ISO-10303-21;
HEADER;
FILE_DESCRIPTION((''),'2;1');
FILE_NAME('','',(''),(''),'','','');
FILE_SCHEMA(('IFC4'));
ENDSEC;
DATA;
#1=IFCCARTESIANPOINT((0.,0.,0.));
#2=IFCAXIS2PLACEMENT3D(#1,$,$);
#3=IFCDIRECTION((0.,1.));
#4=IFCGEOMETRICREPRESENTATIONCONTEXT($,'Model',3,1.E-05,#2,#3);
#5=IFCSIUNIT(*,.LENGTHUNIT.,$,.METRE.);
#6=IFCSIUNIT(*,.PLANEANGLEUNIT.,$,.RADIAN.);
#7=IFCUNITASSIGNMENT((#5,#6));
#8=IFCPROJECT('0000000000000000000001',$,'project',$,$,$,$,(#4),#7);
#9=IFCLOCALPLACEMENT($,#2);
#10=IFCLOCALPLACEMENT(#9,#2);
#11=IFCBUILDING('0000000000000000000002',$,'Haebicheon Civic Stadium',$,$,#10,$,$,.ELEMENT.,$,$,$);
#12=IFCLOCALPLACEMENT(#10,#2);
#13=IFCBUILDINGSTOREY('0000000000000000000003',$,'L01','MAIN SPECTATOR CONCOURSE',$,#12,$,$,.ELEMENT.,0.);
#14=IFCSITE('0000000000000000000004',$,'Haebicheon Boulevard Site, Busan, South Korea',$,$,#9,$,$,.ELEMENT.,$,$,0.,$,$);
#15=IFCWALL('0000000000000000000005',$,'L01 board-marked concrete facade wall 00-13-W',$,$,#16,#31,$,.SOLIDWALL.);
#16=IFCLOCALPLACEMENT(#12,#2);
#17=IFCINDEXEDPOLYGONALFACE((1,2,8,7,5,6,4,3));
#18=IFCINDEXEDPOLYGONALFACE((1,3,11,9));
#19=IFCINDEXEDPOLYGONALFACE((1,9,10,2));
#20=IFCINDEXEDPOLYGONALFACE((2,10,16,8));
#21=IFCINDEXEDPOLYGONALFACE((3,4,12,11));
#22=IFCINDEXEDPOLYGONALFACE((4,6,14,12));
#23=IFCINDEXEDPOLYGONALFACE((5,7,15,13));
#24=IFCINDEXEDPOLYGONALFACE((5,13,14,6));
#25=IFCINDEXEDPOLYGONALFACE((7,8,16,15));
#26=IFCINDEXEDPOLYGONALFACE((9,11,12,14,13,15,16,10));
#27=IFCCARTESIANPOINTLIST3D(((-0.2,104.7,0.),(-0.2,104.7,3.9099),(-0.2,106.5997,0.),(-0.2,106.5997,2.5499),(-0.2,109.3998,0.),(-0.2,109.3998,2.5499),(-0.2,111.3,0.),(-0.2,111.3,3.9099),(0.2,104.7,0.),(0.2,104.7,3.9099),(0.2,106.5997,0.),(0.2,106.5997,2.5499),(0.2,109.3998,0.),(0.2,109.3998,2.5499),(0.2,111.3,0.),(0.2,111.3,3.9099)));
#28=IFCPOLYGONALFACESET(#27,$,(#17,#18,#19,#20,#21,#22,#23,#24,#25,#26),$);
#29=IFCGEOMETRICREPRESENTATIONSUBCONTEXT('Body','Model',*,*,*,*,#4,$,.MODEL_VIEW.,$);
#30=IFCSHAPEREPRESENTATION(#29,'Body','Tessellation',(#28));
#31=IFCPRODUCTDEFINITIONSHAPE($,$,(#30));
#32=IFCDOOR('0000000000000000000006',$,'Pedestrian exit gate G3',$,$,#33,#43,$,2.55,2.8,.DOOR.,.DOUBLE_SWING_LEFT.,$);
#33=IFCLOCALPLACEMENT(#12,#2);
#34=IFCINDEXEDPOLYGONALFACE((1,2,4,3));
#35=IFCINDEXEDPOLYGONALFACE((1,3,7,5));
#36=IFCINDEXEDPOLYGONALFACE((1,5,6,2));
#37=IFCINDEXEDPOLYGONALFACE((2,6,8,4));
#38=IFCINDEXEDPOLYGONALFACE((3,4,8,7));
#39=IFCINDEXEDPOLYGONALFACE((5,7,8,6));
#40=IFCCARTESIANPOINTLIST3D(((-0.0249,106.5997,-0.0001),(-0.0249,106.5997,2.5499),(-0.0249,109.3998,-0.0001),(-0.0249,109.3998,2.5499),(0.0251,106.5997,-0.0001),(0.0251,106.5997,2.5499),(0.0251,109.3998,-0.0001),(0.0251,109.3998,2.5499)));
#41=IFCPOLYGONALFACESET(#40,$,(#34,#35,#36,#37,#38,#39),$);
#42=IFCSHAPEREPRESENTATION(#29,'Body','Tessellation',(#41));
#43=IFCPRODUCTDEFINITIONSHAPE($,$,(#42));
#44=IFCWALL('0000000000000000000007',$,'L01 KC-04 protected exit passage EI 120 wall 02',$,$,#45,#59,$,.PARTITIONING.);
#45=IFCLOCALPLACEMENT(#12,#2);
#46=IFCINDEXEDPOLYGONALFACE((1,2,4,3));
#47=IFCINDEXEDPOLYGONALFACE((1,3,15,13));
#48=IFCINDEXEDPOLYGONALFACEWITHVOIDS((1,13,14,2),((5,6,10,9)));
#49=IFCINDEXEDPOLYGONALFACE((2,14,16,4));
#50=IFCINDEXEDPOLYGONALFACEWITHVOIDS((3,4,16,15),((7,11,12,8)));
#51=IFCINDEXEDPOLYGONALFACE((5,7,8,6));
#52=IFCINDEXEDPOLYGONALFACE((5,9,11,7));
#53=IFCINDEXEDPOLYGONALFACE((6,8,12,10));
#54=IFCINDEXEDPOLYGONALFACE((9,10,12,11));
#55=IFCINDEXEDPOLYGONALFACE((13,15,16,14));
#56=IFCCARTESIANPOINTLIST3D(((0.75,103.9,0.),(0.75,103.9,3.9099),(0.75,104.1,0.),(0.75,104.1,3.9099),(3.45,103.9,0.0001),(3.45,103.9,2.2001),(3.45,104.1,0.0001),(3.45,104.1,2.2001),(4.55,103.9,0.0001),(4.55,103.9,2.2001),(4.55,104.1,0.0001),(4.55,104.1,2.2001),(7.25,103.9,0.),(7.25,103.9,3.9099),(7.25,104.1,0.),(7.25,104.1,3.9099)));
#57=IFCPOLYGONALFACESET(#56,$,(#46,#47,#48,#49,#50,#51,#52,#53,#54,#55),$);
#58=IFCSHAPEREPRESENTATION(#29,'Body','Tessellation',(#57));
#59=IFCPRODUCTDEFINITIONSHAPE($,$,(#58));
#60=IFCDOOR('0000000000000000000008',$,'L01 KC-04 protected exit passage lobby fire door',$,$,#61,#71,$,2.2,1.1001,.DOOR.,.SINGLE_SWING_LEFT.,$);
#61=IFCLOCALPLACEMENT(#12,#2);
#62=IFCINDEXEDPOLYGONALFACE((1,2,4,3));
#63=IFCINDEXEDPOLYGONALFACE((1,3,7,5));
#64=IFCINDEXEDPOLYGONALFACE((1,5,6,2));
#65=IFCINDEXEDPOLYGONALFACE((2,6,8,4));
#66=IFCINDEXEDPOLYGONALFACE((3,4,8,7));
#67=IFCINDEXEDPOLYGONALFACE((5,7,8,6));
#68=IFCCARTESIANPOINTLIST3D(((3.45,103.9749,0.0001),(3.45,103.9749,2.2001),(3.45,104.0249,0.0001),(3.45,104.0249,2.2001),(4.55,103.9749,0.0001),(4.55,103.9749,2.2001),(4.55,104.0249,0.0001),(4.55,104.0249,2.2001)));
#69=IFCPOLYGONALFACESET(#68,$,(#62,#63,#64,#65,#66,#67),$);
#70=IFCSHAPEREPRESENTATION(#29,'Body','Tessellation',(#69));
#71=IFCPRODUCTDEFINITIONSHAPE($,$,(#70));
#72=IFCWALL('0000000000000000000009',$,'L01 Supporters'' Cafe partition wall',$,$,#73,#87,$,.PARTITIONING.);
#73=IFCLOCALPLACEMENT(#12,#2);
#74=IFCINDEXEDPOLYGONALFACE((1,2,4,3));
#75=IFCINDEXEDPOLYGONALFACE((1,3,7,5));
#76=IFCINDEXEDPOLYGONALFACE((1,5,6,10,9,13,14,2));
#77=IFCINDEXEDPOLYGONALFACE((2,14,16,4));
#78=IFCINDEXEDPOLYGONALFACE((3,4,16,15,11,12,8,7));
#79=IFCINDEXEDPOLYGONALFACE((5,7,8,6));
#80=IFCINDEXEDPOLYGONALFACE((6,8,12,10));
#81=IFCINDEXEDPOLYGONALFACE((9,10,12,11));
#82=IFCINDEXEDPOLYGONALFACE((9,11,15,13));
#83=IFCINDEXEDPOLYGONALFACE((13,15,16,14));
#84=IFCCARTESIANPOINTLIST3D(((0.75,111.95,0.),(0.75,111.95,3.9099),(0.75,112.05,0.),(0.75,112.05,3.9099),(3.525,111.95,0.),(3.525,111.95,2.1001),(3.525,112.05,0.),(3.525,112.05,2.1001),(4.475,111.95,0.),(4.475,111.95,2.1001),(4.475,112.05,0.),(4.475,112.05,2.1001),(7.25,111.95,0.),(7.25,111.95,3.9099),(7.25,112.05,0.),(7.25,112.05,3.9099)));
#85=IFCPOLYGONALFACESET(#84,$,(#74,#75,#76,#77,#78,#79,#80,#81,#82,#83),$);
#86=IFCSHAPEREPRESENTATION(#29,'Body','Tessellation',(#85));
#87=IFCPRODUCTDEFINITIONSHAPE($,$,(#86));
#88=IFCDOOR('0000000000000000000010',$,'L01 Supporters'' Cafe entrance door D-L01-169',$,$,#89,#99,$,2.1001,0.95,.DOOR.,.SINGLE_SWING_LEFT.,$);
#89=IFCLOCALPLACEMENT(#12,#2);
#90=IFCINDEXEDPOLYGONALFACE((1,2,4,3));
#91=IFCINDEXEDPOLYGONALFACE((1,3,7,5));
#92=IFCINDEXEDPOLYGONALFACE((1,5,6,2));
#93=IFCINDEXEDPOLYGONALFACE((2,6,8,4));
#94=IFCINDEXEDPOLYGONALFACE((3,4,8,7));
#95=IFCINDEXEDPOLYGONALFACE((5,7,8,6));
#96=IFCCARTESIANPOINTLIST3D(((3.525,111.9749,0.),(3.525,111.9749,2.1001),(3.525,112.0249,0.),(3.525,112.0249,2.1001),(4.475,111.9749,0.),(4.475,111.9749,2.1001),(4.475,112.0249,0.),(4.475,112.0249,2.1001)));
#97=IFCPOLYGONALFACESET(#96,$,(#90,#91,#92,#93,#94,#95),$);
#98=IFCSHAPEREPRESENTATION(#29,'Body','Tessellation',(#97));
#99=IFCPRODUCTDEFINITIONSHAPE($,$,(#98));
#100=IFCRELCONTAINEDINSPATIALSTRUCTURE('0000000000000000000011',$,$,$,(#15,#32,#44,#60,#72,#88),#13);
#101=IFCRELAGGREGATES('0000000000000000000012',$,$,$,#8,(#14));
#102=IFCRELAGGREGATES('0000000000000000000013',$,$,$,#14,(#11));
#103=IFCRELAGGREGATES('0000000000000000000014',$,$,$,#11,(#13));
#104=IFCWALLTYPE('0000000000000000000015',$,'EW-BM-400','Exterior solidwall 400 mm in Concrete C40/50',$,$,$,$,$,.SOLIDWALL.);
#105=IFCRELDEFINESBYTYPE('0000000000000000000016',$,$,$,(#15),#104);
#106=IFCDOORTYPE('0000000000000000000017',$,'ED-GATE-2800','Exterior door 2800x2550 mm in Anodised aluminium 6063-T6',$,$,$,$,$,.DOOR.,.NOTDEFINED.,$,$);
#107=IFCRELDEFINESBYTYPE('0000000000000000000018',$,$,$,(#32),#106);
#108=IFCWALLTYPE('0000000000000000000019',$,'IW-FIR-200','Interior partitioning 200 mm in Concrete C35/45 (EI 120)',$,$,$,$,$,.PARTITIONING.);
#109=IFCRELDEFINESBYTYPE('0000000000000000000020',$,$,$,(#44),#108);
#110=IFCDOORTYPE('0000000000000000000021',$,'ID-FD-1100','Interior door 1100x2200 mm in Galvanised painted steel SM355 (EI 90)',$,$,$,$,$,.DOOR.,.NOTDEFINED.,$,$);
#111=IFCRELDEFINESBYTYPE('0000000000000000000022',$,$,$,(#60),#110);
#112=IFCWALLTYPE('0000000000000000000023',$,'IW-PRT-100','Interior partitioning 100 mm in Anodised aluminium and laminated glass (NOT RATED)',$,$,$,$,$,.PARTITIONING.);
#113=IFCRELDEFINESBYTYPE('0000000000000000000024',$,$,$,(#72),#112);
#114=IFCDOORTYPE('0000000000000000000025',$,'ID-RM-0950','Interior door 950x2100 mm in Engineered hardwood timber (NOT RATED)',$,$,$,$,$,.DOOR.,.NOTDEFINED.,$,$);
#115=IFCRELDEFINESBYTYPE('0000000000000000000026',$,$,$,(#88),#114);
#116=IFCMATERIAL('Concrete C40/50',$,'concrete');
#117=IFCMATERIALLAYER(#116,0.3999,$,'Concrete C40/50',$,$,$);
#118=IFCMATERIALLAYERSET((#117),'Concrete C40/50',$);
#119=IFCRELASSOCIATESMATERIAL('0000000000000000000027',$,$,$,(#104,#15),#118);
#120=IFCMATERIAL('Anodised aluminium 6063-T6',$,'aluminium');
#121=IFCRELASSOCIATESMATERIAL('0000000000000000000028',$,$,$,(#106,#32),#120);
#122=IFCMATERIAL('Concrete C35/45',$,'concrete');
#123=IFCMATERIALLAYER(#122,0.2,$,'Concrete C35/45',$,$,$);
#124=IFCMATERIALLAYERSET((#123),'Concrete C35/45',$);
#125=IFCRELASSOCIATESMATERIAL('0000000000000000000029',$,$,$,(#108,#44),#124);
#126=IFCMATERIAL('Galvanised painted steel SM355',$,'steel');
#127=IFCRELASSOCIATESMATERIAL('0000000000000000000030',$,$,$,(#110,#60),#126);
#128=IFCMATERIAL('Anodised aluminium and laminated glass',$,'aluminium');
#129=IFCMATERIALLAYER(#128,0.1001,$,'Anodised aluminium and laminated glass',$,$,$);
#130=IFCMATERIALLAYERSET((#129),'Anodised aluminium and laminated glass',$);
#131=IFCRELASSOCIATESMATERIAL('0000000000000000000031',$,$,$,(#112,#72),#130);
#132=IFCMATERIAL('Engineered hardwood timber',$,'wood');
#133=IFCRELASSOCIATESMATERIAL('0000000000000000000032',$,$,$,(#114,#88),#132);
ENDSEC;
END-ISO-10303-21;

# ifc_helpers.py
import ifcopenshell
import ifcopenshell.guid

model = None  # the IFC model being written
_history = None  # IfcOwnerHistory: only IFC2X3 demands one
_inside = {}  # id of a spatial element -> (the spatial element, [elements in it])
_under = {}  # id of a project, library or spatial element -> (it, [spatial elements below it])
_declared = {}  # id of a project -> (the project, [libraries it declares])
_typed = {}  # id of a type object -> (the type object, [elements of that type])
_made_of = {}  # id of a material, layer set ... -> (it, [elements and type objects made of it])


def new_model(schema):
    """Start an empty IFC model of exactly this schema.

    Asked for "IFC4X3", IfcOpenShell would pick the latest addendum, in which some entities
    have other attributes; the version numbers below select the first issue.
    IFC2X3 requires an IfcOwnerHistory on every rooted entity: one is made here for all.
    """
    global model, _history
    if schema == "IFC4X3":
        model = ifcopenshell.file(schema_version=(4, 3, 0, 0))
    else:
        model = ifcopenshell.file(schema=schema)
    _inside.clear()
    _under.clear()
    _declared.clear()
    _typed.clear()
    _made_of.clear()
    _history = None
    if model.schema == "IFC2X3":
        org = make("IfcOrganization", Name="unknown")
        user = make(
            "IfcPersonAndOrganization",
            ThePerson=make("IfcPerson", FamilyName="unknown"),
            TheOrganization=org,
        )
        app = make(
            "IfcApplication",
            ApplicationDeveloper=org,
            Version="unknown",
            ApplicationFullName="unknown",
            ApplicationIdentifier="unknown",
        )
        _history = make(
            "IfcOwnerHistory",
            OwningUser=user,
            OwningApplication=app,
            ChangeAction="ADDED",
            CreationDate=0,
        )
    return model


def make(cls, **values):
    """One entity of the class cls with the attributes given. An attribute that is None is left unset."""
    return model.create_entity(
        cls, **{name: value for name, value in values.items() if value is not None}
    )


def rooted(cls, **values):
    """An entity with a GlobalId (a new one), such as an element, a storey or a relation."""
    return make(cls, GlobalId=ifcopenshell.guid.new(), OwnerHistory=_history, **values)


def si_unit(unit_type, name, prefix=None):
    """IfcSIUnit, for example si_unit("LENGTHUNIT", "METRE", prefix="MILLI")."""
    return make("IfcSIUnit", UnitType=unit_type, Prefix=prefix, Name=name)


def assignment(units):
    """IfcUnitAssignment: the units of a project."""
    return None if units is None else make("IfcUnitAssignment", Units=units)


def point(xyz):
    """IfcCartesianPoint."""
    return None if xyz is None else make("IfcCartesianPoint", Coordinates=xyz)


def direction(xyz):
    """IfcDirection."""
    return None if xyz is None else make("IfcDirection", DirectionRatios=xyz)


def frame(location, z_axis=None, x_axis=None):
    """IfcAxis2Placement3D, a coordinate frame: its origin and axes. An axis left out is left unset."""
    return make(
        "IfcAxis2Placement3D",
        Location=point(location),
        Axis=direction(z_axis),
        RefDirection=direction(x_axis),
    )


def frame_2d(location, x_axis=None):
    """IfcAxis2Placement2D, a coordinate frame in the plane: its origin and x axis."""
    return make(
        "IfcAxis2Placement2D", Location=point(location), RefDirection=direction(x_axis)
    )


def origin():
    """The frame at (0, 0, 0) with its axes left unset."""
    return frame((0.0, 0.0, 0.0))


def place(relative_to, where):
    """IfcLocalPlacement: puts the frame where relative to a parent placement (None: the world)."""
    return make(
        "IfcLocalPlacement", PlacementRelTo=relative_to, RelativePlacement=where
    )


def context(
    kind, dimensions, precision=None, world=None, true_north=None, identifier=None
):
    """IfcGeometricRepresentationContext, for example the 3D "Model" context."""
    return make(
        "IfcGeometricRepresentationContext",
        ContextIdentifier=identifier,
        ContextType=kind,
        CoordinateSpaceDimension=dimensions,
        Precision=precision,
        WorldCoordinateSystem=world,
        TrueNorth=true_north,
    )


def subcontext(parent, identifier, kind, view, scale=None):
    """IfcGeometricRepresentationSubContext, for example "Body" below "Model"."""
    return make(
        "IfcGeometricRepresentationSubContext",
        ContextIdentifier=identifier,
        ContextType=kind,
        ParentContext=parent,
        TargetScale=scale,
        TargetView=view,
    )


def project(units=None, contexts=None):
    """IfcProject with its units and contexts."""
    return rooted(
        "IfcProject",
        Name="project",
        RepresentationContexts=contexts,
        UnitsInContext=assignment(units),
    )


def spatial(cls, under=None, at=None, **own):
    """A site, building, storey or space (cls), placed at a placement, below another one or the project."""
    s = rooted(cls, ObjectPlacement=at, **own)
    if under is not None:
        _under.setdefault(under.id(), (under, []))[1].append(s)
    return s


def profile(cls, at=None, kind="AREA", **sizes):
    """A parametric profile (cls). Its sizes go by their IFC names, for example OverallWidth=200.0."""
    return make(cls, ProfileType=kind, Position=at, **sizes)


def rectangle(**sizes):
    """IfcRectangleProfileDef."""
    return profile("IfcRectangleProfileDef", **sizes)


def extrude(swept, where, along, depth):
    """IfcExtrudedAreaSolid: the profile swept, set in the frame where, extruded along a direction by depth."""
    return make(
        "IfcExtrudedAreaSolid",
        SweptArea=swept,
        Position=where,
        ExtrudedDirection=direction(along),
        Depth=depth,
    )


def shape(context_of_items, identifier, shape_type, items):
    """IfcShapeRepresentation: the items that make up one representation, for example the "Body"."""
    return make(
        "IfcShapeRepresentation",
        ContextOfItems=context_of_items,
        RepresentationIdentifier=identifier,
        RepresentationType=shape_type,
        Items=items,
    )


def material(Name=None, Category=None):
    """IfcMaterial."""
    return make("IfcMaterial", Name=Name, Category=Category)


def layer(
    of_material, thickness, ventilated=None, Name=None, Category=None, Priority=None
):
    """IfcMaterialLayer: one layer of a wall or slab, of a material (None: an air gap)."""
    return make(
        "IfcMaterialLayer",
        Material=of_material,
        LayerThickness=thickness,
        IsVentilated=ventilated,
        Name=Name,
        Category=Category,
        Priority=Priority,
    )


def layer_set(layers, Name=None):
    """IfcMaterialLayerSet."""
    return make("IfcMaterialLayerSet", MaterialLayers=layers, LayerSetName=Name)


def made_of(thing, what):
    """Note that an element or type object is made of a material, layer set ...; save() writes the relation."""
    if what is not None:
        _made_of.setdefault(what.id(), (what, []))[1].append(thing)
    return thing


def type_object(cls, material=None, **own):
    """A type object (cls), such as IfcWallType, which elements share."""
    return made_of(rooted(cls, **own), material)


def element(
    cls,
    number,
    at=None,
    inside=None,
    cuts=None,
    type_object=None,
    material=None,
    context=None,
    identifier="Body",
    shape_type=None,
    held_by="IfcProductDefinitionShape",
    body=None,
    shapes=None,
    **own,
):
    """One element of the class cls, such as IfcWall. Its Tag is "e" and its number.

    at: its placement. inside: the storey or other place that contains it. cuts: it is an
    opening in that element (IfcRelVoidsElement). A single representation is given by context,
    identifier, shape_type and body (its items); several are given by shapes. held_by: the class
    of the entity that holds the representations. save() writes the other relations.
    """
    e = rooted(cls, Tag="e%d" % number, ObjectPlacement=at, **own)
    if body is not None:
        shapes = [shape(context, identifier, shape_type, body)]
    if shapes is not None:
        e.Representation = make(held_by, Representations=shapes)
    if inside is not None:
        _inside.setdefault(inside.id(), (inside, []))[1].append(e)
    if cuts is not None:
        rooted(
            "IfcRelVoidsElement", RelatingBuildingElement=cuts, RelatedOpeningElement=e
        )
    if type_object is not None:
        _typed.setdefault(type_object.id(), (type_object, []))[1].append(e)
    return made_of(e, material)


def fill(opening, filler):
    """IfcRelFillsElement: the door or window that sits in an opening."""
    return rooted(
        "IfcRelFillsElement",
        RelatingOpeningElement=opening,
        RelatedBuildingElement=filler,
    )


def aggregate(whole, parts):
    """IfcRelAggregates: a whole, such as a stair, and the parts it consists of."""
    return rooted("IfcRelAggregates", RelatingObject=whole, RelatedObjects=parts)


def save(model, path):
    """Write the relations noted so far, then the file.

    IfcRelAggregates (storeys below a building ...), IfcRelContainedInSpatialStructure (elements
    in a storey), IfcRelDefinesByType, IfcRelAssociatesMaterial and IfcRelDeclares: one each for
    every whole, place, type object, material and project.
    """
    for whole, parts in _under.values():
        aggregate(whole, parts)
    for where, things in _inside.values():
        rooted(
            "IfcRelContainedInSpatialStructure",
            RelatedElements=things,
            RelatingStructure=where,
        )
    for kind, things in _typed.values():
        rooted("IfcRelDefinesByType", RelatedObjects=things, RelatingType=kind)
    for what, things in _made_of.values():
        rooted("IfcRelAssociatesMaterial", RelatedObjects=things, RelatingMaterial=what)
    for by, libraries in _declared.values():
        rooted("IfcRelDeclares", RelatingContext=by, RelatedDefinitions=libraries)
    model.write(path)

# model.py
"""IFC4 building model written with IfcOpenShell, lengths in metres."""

from ifc_helpers import new_model, si_unit, direction, frame, frame_2d, origin, place, context, subcontext, project, spatial, rectangle, extrude, material, layer, layer_set, type_object, element, fill, save


model = new_model("IFC4")

# Units and contexts
model_context = context("Model", 3, precision=1e-05, world=origin(), true_north=direction((0.0, 1.0)))
body_context = subcontext(model_context, "Body", "Model", "MODEL_VIEW")
ifc_project = project(units=[si_unit("LENGTHUNIT", "METRE"), si_unit("PLANEANGLEUNIT", "RADIAN")], contexts=[model_context])

# Site, building, storey
site_placement = place(None, origin())
site = spatial("IfcSite", under=ifc_project, at=site_placement, Name="Haebicheon Boulevard Site, Busan, South Korea", CompositionType="ELEMENT", RefElevation=0.0)
building_placement = place(site_placement, origin())
building = spatial("IfcBuilding", under=site, at=building_placement, Name="Haebicheon Civic Stadium", CompositionType="ELEMENT")
storey_placement = place(building_placement, origin())
storey = spatial("IfcBuildingStorey", under=building, at=storey_placement, Name="L01", Description="MAIN SPECTATOR CONCOURSE", CompositionType="ELEMENT", Elevation=0.0)

# Walls, openings, doors
ifc_material_1 = material(Name="Concrete C40/50", Category="concrete")
ifc_layer_1 = layer(ifc_material_1, 0.3999, Name="Concrete C40/50")
ifc_layer_set_1 = layer_set([ifc_layer_1], Name="Concrete C40/50")
wall_type_1 = type_object("IfcWallType", Name="EW-BM-400", Description="Exterior solidwall 400 mm in Concrete C40/50", PredefinedType="SOLIDWALL", material=ifc_layer_set_1)
wall_1_placement = place(storey_placement, frame((0.0, 104.7, 0.0), z_axis=(0.0, 0.0, 1.0), x_axis=(0.0, 1.0, 0.0)))
wall_1 = element("IfcWall", 1, at=wall_1_placement, inside=storey, type_object=wall_type_1, material=ifc_layer_set_1, Name="L01 board-marked concrete facade wall 00-13-W", PredefinedType="SOLIDWALL", context=body_context, shape_type="SweptSolid", body=[
    extrude(rectangle(XDim=6.6001, YDim=0.3999, at=frame_2d((3.3, 0.0))), origin(), (0.0, 0.0, 1.0), 3.9099),
])
opening_1_placement = place(wall_1_placement, frame((1.8999, 0.0, 0.0)))
opening_1 = element("IfcOpeningElement", 2, at=opening_1_placement, cuts=wall_1, PredefinedType="OPENING", context=body_context, shape_type="SweptSolid", body=[
    extrude(rectangle(XDim=2.8, YDim=2.55, at=frame_2d((1.3999, 1.2749))), frame((0.0, 0.21, 0.0), z_axis=(0.0, -1.0, 0.0), x_axis=(1.0, 0.0, 0.0)), (0.0, 0.0, 1.0), 0.4199),
])
ifc_material_2 = material(Name="Anodised aluminium 6063-T6", Category="aluminium")
door_type_1 = type_object("IfcDoorType", Name="ED-GATE-2800", Description="Exterior door 2800x2550 mm in Anodised aluminium 6063-T6", OperationType="NOTDEFINED", PredefinedType="DOOR", material=ifc_material_2)
door_1_placement = place(opening_1_placement, origin())
door_1 = element("IfcDoor", 3, at=door_1_placement, inside=storey, type_object=door_type_1, material=ifc_material_2, Name="Pedestrian exit gate G3", OperationType="DOUBLE_SWING_LEFT", OverallHeight=2.55, OverallWidth=2.8, PredefinedType="DOOR", context=body_context, shape_type="SweptSolid", body=[
    extrude(rectangle(XDim=2.8, YDim=2.55, at=frame_2d((1.3999, 1.2749))), frame((0.0, 0.0249, 0.0), z_axis=(0.0, -1.0, 0.0), x_axis=(1.0, 0.0, 0.0)), (0.0, 0.0, 1.0), 0.05),
])
fill(opening_1, door_1)
ifc_material_3 = material(Name="Concrete C35/45", Category="concrete")
ifc_layer_2 = layer(ifc_material_3, 0.2, Name="Concrete C35/45")
ifc_layer_set_2 = layer_set([ifc_layer_2], Name="Concrete C35/45")
wall_type_2 = type_object("IfcWallType", Name="IW-FIR-200", Description="Interior partitioning 200 mm in Concrete C35/45 (EI 120)", PredefinedType="PARTITIONING", material=ifc_layer_set_2)
wall_2_placement = place(storey_placement, frame((0.75, 104.0, 0.0), z_axis=(0.0, 0.0, 1.0), x_axis=(1.0, 0.0, 0.0)))
wall_2 = element("IfcWall", 4, at=wall_2_placement, inside=storey, type_object=wall_type_2, material=ifc_layer_set_2, Name="L01 KC-04 protected exit passage EI 120 wall 02", PredefinedType="PARTITIONING", context=body_context, shape_type="SweptSolid", body=[
    extrude(rectangle(XDim=6.5, YDim=0.2, at=frame_2d((3.25, 0.0))), origin(), (0.0, 0.0, 1.0), 3.9099),
])
opening_2_placement = place(wall_2_placement, frame((2.7, 0.0, 0.0)))
opening_2 = element("IfcOpeningElement", 5, at=opening_2_placement, cuts=wall_2, PredefinedType="OPENING", context=body_context, shape_type="SweptSolid", body=[
    extrude(rectangle(XDim=1.1001, YDim=2.2, at=frame_2d((0.55, 1.1001))), frame((0.0, 0.1099, 0.0), z_axis=(0.0, -1.0, 0.0), x_axis=(1.0, 0.0, 0.0)), (0.0, 0.0, 1.0), 0.22),
])
ifc_material_4 = material(Name="Galvanised painted steel SM355", Category="steel")
door_type_2 = type_object("IfcDoorType", Name="ID-FD-1100", Description="Interior door 1100x2200 mm in Galvanised painted steel SM355 (EI 90)", OperationType="NOTDEFINED", PredefinedType="DOOR", material=ifc_material_4)
door_2_placement = place(opening_2_placement, origin())
door_2 = element("IfcDoor", 6, at=door_2_placement, inside=storey, type_object=door_type_2, material=ifc_material_4, Name="L01 KC-04 protected exit passage lobby fire door", OperationType="SINGLE_SWING_LEFT", OverallHeight=2.2, OverallWidth=1.1001, PredefinedType="DOOR", context=body_context, shape_type="SweptSolid", body=[
    extrude(rectangle(XDim=1.1001, YDim=2.2, at=frame_2d((0.55, 1.1001))), frame((0.0, 0.0249, 0.0), z_axis=(0.0, -1.0, 0.0), x_axis=(1.0, 0.0, 0.0)), (0.0, 0.0, 1.0), 0.05),
])
fill(opening_2, door_2)
ifc_material_5 = material(Name="Anodised aluminium and laminated glass", Category="aluminium")
ifc_layer_3 = layer(ifc_material_5, 0.1001, Name="Anodised aluminium and laminated glass")
ifc_layer_set_3 = layer_set([ifc_layer_3], Name="Anodised aluminium and laminated glass")
wall_type_3 = type_object("IfcWallType", Name="IW-PRT-100", Description="Interior partitioning 100 mm in Anodised aluminium and laminated glass (NOT RATED)", PredefinedType="PARTITIONING", material=ifc_layer_set_3)
wall_3_placement = place(storey_placement, frame((0.75, 112.0, 0.0), z_axis=(0.0, 0.0, 1.0), x_axis=(1.0, 0.0, 0.0)))
wall_3 = element("IfcWall", 7, at=wall_3_placement, inside=storey, type_object=wall_type_3, material=ifc_layer_set_3, Name="L01 Supporters' Cafe partition wall", PredefinedType="PARTITIONING", context=body_context, shape_type="SweptSolid", body=[
    extrude(rectangle(XDim=6.5, YDim=0.1001, at=frame_2d((3.25, 0.0))), origin(), (0.0, 0.0, 1.0), 3.9099),
])
opening_3_placement = place(wall_3_placement, frame((2.7749, 0.0, 0.0)))
opening_3 = element("IfcOpeningElement", 8, at=opening_3_placement, cuts=wall_3, PredefinedType="OPENING", context=body_context, shape_type="SweptSolid", body=[
    extrude(rectangle(XDim=0.95, YDim=2.1001, at=frame_2d((0.4751, 1.05))), frame((0.0, 0.0601, 0.0), z_axis=(0.0, -1.0, 0.0), x_axis=(1.0, 0.0, 0.0)), (0.0, 0.0, 1.0), 0.1201),
])
ifc_material_6 = material(Name="Engineered hardwood timber", Category="wood")
door_type_3 = type_object("IfcDoorType", Name="ID-RM-0950", Description="Interior door 950x2100 mm in Engineered hardwood timber (NOT RATED)", OperationType="NOTDEFINED", PredefinedType="DOOR", material=ifc_material_6)
door_3_placement = place(opening_3_placement, origin())
door_3 = element("IfcDoor", 9, at=door_3_placement, inside=storey, type_object=door_type_3, material=ifc_material_6, Name="L01 Supporters' Cafe entrance door D-L01-169", OperationType="SINGLE_SWING_LEFT", OverallHeight=2.1001, OverallWidth=0.95, PredefinedType="DOOR", context=body_context, shape_type="SweptSolid", body=[
    extrude(rectangle(XDim=0.95, YDim=2.1001, at=frame_2d((0.4751, 1.05))), frame((0.0, 0.0249, 0.0), z_axis=(0.0, -1.0, 0.0), x_axis=(1.0, 0.0, 0.0)), (0.0, 0.0, 1.0), 0.05),
])
fill(opening_3, door_3)

save(model, "model.ifc")
